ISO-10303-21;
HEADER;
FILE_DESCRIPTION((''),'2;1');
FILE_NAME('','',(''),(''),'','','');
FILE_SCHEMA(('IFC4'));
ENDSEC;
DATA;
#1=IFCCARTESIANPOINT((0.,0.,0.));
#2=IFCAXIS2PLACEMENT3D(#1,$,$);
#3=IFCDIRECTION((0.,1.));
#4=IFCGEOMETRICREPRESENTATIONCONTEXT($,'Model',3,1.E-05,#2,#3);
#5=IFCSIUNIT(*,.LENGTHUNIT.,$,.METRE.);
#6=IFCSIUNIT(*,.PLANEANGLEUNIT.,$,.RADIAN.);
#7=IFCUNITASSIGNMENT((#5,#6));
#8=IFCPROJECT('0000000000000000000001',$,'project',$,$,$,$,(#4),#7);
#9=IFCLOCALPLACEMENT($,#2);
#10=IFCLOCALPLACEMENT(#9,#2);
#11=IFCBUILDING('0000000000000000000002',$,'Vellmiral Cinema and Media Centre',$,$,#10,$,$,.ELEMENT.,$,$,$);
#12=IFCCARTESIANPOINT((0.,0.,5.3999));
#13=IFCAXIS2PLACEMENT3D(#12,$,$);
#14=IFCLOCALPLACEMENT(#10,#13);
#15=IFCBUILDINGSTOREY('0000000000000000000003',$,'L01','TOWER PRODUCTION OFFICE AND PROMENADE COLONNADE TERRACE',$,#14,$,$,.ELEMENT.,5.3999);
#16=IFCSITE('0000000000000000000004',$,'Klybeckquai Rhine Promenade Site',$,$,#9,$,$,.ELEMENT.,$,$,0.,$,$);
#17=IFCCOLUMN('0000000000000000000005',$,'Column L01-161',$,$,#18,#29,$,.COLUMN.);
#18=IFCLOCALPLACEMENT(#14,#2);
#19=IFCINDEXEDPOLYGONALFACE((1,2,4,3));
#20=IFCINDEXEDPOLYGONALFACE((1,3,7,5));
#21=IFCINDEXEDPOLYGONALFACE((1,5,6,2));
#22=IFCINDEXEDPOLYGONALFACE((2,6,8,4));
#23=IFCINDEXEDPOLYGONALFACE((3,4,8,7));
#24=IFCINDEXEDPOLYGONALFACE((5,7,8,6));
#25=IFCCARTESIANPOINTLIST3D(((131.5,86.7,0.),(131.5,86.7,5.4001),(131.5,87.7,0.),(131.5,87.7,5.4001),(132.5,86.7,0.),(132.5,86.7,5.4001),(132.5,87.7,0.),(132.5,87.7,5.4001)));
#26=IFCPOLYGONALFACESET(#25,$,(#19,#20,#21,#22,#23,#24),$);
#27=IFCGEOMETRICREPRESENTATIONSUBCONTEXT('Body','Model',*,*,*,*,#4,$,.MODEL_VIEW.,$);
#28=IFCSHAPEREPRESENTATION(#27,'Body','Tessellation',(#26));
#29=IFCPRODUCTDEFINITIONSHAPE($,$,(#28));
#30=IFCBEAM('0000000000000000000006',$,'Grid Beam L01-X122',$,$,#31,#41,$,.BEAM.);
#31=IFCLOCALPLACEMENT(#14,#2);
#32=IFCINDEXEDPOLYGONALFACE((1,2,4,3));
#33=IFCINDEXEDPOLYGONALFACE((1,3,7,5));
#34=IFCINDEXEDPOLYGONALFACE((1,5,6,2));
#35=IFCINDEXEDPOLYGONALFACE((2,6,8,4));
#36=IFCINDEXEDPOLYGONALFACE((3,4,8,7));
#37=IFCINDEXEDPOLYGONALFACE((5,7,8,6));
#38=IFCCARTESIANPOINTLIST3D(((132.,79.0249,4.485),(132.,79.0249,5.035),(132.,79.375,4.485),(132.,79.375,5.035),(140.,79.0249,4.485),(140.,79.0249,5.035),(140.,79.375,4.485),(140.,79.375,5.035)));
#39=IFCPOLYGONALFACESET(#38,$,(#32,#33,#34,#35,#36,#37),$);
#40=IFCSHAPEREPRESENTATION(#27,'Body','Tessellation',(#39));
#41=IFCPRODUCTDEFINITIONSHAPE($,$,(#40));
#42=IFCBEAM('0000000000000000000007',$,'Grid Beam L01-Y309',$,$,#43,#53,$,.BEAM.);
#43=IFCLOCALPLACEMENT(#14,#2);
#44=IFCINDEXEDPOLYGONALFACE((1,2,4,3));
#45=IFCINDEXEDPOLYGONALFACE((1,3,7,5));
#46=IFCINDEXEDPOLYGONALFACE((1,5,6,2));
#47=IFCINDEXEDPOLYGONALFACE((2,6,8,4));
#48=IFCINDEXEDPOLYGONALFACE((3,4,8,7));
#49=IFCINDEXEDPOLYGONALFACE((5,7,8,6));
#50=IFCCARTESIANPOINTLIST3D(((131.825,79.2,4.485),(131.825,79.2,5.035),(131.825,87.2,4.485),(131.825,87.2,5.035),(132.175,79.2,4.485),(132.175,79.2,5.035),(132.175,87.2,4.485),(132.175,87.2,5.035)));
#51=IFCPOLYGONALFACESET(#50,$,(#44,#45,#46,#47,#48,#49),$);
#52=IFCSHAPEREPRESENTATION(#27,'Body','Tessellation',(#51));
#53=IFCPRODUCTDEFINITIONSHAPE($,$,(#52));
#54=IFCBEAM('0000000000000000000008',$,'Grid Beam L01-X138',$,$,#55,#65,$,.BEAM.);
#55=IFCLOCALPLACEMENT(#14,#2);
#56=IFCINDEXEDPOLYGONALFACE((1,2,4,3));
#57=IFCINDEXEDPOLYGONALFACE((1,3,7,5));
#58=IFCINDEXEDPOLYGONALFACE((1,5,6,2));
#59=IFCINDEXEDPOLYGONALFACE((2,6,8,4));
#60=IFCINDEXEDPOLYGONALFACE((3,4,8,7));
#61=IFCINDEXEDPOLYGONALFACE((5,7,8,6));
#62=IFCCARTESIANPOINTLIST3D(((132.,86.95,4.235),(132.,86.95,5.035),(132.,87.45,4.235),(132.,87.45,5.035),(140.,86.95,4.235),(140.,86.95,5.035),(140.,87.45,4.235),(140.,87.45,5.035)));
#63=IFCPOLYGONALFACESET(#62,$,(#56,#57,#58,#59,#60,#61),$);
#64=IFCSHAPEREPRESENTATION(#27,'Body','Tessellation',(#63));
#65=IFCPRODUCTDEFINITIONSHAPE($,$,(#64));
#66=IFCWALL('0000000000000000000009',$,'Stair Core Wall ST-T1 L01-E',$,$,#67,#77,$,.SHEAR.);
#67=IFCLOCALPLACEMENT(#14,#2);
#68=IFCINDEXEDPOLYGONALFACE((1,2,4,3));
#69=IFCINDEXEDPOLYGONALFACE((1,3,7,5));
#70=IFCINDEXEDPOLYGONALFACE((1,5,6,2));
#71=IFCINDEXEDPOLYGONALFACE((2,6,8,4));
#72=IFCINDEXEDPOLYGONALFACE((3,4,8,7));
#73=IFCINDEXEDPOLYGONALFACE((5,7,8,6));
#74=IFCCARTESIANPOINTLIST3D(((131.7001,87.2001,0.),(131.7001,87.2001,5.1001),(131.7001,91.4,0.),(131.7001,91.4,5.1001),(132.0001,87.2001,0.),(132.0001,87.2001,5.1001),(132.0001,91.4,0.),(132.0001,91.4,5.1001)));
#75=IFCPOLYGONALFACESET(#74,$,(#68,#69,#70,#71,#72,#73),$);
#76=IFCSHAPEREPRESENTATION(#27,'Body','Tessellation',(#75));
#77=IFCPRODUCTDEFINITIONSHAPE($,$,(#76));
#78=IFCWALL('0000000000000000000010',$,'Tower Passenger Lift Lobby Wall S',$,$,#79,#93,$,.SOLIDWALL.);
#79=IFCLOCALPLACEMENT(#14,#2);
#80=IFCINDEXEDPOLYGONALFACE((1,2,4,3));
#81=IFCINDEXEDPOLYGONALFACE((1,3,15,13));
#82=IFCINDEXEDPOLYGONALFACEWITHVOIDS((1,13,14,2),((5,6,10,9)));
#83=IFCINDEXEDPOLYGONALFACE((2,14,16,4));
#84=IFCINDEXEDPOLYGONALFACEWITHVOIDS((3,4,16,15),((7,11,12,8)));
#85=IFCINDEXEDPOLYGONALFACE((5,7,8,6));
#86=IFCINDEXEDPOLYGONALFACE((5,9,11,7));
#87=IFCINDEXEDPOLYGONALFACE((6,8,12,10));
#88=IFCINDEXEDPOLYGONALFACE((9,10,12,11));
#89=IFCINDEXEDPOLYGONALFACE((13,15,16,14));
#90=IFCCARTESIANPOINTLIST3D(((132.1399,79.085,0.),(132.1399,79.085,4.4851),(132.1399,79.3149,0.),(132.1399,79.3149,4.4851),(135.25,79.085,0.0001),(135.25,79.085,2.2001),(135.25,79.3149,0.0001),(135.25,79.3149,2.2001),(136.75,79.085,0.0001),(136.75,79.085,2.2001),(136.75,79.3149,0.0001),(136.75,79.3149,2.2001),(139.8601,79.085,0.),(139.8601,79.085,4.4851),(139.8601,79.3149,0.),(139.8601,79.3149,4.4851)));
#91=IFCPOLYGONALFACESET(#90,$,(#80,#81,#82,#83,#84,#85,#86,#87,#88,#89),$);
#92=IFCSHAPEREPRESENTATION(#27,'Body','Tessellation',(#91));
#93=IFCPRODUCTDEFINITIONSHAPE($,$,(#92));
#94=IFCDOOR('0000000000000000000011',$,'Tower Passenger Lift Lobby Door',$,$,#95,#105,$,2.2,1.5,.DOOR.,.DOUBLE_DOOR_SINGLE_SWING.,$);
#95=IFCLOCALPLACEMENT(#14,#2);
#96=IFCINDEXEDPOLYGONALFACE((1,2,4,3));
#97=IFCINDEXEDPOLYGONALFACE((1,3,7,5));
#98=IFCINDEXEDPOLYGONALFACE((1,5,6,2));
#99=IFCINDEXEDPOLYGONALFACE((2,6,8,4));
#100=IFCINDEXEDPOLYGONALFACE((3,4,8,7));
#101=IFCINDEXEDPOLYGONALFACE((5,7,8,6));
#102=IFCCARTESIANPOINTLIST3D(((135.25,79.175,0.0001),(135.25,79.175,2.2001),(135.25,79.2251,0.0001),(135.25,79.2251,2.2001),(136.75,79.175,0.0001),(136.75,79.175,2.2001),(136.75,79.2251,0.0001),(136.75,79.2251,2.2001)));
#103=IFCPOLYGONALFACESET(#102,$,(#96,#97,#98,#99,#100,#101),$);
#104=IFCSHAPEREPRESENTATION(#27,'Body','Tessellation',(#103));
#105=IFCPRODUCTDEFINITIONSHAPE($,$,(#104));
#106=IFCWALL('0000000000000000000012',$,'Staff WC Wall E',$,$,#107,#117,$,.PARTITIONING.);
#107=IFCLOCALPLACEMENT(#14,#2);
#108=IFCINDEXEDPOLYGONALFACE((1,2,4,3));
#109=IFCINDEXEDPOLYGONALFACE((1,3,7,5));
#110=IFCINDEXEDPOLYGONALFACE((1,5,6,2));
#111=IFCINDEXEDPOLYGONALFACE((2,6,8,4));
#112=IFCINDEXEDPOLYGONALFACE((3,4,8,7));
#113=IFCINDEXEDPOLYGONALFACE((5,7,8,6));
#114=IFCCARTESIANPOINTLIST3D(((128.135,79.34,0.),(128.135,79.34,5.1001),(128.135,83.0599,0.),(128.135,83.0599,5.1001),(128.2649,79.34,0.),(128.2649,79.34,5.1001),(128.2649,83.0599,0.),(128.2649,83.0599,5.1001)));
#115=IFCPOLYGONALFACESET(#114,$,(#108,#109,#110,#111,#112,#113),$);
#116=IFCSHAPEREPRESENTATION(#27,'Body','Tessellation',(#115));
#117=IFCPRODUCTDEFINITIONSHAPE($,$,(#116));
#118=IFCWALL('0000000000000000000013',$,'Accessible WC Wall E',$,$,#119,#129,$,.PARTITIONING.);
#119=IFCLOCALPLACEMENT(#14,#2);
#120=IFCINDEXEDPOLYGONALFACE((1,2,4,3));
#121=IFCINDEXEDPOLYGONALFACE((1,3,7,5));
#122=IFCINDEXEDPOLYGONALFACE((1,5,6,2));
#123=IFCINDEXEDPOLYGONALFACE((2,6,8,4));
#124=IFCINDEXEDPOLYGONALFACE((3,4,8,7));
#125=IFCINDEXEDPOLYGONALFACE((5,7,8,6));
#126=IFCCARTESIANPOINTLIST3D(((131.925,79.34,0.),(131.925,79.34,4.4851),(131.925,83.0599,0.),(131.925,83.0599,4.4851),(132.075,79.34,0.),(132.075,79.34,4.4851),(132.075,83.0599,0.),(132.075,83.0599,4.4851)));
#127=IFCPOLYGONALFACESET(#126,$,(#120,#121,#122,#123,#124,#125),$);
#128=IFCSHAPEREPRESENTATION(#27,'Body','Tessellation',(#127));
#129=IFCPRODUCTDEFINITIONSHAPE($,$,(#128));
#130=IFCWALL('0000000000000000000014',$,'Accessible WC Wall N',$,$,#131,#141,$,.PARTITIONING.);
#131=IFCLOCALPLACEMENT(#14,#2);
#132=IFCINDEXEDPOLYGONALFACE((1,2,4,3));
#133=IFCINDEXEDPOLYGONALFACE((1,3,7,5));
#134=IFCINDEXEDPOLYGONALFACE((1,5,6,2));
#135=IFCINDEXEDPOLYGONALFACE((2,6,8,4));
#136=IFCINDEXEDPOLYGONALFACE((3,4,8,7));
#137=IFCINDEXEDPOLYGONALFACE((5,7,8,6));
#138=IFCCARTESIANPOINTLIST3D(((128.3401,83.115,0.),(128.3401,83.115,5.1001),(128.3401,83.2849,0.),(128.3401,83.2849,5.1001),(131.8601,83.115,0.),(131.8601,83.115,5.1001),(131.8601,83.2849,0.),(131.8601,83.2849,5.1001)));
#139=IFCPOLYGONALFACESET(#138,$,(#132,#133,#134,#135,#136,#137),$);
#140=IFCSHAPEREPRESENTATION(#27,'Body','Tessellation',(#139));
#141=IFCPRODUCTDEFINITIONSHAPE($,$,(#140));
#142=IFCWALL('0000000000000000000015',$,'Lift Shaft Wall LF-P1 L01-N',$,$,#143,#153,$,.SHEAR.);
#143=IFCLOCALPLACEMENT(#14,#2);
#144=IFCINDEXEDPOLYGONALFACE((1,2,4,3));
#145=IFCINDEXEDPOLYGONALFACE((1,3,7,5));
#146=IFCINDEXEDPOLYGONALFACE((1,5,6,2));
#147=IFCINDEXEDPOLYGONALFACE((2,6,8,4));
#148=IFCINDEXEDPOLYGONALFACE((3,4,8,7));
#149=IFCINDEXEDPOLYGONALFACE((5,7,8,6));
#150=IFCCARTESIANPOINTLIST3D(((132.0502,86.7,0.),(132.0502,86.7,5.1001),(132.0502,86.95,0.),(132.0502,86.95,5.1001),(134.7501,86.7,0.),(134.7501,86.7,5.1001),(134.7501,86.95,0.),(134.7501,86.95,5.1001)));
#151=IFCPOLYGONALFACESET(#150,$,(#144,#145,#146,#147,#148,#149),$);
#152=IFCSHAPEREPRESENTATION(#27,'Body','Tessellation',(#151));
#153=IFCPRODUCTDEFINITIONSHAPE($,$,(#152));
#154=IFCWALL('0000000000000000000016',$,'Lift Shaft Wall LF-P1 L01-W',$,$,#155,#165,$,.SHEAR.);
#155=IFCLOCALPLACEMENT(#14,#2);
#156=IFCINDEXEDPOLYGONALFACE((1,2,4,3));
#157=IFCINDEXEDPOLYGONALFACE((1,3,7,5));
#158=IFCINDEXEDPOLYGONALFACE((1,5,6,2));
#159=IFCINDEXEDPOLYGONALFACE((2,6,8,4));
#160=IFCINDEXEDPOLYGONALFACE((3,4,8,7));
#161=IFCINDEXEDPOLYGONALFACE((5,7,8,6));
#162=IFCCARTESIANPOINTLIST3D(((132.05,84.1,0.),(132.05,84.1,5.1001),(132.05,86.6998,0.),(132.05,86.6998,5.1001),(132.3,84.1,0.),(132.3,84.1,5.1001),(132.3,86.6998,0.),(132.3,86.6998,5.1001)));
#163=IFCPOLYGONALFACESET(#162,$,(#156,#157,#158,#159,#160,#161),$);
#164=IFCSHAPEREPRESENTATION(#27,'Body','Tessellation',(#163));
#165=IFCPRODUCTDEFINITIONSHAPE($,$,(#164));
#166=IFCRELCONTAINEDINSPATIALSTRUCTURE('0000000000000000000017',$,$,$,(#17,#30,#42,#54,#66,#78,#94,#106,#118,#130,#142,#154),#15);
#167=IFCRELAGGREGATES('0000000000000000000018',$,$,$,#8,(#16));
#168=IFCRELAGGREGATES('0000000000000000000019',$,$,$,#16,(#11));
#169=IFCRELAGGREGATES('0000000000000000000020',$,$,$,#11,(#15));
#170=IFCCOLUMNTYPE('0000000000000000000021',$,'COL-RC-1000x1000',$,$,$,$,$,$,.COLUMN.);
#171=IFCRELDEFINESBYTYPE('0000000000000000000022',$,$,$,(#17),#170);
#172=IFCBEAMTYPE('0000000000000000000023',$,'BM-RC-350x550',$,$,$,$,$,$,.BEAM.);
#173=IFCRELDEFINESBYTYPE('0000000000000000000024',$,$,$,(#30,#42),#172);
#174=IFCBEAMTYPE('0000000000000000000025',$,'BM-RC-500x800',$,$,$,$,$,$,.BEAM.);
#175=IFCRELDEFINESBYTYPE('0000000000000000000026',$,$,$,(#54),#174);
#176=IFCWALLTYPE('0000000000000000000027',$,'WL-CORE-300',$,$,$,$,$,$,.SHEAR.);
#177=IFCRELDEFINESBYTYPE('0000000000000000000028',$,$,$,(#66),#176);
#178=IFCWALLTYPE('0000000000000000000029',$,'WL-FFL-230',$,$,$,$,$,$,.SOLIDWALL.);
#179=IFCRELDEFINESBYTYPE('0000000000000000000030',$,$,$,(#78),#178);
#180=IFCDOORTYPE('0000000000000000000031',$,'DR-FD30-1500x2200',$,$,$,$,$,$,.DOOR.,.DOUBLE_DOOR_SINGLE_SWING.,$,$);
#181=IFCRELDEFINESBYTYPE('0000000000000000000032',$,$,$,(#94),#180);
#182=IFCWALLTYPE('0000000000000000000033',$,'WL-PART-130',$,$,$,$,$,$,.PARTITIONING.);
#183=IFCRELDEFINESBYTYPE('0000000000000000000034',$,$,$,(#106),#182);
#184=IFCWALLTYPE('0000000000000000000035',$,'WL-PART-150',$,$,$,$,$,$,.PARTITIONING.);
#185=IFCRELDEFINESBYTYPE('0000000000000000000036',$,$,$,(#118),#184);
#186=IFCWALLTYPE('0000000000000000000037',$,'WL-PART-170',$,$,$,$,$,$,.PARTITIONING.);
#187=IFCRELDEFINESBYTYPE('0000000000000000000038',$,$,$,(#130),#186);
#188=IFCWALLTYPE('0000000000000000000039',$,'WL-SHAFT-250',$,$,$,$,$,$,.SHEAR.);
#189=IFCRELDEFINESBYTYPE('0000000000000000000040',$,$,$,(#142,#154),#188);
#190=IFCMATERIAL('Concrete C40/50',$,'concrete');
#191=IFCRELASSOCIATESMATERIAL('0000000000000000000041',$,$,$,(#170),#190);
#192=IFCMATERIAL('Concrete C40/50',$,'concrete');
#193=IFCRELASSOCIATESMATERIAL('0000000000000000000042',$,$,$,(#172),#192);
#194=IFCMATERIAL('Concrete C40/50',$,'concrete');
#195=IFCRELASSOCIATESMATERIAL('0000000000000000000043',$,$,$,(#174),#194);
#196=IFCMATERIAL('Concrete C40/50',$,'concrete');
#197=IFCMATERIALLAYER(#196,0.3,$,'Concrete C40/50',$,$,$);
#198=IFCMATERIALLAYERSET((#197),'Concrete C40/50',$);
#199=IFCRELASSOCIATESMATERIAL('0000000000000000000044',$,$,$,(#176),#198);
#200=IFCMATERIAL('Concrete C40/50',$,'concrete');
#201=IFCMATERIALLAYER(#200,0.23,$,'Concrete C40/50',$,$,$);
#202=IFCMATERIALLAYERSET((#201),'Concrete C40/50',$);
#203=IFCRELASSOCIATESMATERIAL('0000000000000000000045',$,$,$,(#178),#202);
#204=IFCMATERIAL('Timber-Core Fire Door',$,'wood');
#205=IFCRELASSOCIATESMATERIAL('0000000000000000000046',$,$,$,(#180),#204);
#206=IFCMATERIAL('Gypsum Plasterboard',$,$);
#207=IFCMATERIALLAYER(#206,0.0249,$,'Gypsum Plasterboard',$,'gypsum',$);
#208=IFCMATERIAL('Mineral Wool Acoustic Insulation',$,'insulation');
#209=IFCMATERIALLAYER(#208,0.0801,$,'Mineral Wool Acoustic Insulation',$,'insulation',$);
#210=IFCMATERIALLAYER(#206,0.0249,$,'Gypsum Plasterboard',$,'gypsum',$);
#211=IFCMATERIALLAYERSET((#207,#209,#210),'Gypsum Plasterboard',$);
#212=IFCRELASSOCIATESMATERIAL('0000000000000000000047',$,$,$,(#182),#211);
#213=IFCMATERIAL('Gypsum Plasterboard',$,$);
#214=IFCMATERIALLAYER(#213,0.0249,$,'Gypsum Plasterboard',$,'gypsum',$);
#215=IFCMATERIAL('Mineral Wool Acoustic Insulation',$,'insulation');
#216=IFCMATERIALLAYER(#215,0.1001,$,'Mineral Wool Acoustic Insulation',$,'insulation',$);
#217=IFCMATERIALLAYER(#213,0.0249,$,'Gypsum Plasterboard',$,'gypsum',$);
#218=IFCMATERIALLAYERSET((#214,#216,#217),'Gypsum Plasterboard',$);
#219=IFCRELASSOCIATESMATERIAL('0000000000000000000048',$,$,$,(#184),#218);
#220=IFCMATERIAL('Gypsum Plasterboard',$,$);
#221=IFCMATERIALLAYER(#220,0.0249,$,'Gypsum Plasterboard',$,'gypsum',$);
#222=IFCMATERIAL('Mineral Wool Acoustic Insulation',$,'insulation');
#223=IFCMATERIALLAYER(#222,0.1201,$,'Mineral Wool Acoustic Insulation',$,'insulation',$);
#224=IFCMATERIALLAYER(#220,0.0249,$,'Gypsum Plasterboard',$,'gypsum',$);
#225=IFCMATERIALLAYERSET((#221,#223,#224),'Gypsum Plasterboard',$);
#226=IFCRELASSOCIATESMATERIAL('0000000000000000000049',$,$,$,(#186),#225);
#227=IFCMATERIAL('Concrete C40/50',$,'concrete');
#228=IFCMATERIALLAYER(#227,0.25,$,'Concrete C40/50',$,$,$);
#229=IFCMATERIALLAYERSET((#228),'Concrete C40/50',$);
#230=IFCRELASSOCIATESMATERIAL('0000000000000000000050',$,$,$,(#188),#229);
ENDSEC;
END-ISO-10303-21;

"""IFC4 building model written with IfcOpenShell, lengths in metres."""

from ifc_helpers import new_model, si_unit, direction, frame, frame_2d, origin, origin_2d, place, context, subcontext, project, spatial, rectangle, extrude, material, layer, layer_set, material_profile, profile_set, type_object, element, fill, save


model = new_model("IFC4")

# Units and contexts
model_context = context("Model", 3, precision=1e-05, world=origin(), true_north=direction((0.0, 1.0)))
body_context = subcontext(model_context, "Body", "Model", "MODEL_VIEW")
ifc_project = project(units=[si_unit("LENGTHUNIT", "METRE"), si_unit("PLANEANGLEUNIT", "RADIAN")], contexts=[model_context])

# Site, building, storey
site_placement = place(None, origin())
site = spatial("IfcSite", under=ifc_project, at=site_placement, Name="Klybeckquai Rhine Promenade Site", CompositionType="ELEMENT", RefElevation=0.0)
building_placement = place(site_placement, origin())
building = spatial("IfcBuilding", under=site, at=building_placement, Name="Vellmiral Cinema and Media Centre", CompositionType="ELEMENT")
storey_placement = place(building_placement, frame((0.0, 0.0, 5.3999)))
storey = spatial("IfcBuildingStorey", under=building, at=storey_placement, Name="L01", Description="TOWER PRODUCTION OFFICE AND PROMENADE COLONNADE TERRACE", CompositionType="ELEMENT", Elevation=5.3999)

# Column
ifc_material_1 = material(Name="Concrete C40/50", Category="concrete")
ifc_material_profile_1 = material_profile(ifc_material_1, rectangle(XDim=1.0, YDim=1.0, at=origin_2d()), Name="RC 1000x1000")
ifc_profile_set_1 = profile_set([ifc_material_profile_1], Name="Concrete C40/50")
column_type = type_object("IfcColumnType", Name="COL-RC-1000x1000", PredefinedType="COLUMN", material=ifc_profile_set_1)
column_placement = place(storey_placement, frame((132.0, 87.2, 0.0), z_axis=(0.0, 0.0, 1.0), x_axis=(1.0, 0.0, 0.0)))
element("IfcColumn", 1, at=column_placement, inside=storey, type_object=column_type, Name="Column L01-161", PredefinedType="COLUMN", context=body_context, shape_type="SweptSolid", body=[
    extrude(rectangle(XDim=1.0, YDim=1.0, at=origin_2d()), origin(), (0.0, 0.0, 1.0), 5.4001),
])

# Beams
ifc_material_2 = material(Name="Concrete C40/50", Category="concrete")
ifc_material_profile_2 = material_profile(ifc_material_2, rectangle(XDim=0.3501, YDim=0.55, at=origin_2d()), Name="RC 350x550")
ifc_profile_set_2 = profile_set([ifc_material_profile_2], Name="Concrete C40/50")
beam_type_1 = type_object("IfcBeamType", Name="BM-RC-350x550", PredefinedType="BEAM", material=ifc_profile_set_2)
for number, where, z_axis, x_axis, name in (
    (2, (132.0, 79.2, 4.76), (1.0, 0.0, 0.0), (0.0, 1.0, 0.0), "Grid Beam L01-X122"),
    (3, (132.0, 79.2, 4.76), (0.0, 1.0, 0.0), (-1.0, 0.0, 0.0), "Grid Beam L01-Y309"),
):
    element("IfcBeam", number, at=place(storey_placement, frame(where, z_axis=z_axis, x_axis=x_axis)), inside=storey, type_object=beam_type_1, Name=name, PredefinedType="BEAM", context=body_context, shape_type="SweptSolid", body=[
        extrude(rectangle(XDim=0.3501, YDim=0.55, at=origin_2d()), origin(), (0.0, 0.0, 1.0), 8.0),
    ])
ifc_material_3 = material(Name="Concrete C40/50", Category="concrete")
ifc_material_profile_3 = material_profile(ifc_material_3, rectangle(XDim=0.5, YDim=0.8, at=origin_2d()), Name="RC 500x800")
ifc_profile_set_3 = profile_set([ifc_material_profile_3], Name="Concrete C40/50")
beam_type_2 = type_object("IfcBeamType", Name="BM-RC-500x800", PredefinedType="BEAM", material=ifc_profile_set_3)
beam_placement = place(storey_placement, frame((132.0, 87.2, 4.635), z_axis=(1.0, 0.0, 0.0), x_axis=(0.0, 1.0, 0.0)))
element("IfcBeam", 4, at=beam_placement, inside=storey, type_object=beam_type_2, Name="Grid Beam L01-X138", PredefinedType="BEAM", context=body_context, shape_type="SweptSolid", body=[
    extrude(rectangle(XDim=0.5, YDim=0.8, at=origin_2d()), origin(), (0.0, 0.0, 1.0), 8.0),
])

# Wall
ifc_material_4 = material(Name="Concrete C40/50", Category="concrete")
ifc_layer_1 = layer(ifc_material_4, 0.3, Name="Concrete C40/50")
ifc_layer_set_1 = layer_set([ifc_layer_1], Name="Concrete C40/50")
wall_type_1 = type_object("IfcWallType", Name="WL-CORE-300", PredefinedType="SHEAR", material=ifc_layer_set_1)
wall_1_placement = place(storey_placement, frame((131.8501, 87.2, 0.0), z_axis=(0.0, 0.0, 1.0), x_axis=(0.0, 1.0, 0.0)))
element("IfcWall", 5, at=wall_1_placement, inside=storey, type_object=wall_type_1, Name="Stair Core Wall ST-T1 L01-E", PredefinedType="SHEAR", context=body_context, shape_type="SweptSolid", body=[
    extrude(rectangle(XDim=4.2, YDim=0.3, at=frame_2d((2.1001, 0.0))), origin(), (0.0, 0.0, 1.0), 5.1001),
])

# Wall, opening, door
ifc_material_5 = material(Name="Concrete C40/50", Category="concrete")
ifc_layer_2 = layer(ifc_material_5, 0.23, Name="Concrete C40/50")
ifc_layer_set_2 = layer_set([ifc_layer_2], Name="Concrete C40/50")
wall_type_2 = type_object("IfcWallType", Name="WL-FFL-230", PredefinedType="SOLIDWALL", material=ifc_layer_set_2)
wall_2_placement = place(storey_placement, frame((132.1399, 79.2, 0.0), z_axis=(0.0, 0.0, 1.0), x_axis=(1.0, 0.0, 0.0)))
wall_2 = element("IfcWall", 6, at=wall_2_placement, inside=storey, type_object=wall_type_2, Name="Tower Passenger Lift Lobby Wall S", PredefinedType="SOLIDWALL", context=body_context, shape_type="SweptSolid", body=[
    extrude(rectangle(XDim=7.7202, YDim=0.23, at=frame_2d((3.8601, 0.0))), origin(), (0.0, 0.0, 1.0), 4.4851),
])
opening_1_placement = place(wall_2_placement, frame((3.1101, 0.0, 0.0)))
opening_1 = element("IfcOpeningElement", 7, at=opening_1_placement, cuts=wall_2, PredefinedType="OPENING", context=body_context, shape_type="SweptSolid", body=[
    extrude(rectangle(XDim=1.5, YDim=2.2, at=frame_2d((0.75, 1.1001))), frame((0.0, 0.127, 0.0), z_axis=(0.0, -1.0, 0.0), x_axis=(1.0, 0.0, 0.0)), (0.0, 0.0, 1.0), 0.2539),
])
ifc_material_6 = material(Name="Timber-Core Fire Door", Category="wood")
door_type_1 = type_object("IfcDoorType", Name="DR-FD30-1500x2200", OperationType="DOUBLE_DOOR_SINGLE_SWING", PredefinedType="DOOR", material=ifc_material_6)
door_1_placement = place(opening_1_placement, frame((1.5, 0.0, 0.0), z_axis=(0.0, 0.0, 1.0), x_axis=(-1.0, 0.0, 0.0)))
door_1 = element("IfcDoor", 8, at=door_1_placement, inside=storey, type_object=door_type_1, Name="Tower Passenger Lift Lobby Door", OperationType="DOUBLE_DOOR_SINGLE_SWING", OverallHeight=2.2, OverallWidth=1.5, PredefinedType="DOOR", context=body_context, shape_type="SweptSolid", body=[
    extrude(rectangle(XDim=1.5, YDim=2.2, at=frame_2d((0.75, 1.1001))), frame((0.0, 0.0249, 0.0), z_axis=(0.0, -1.0, 0.0), x_axis=(1.0, 0.0, 0.0)), (0.0, 0.0, 1.0), 0.05),
])
fill(opening_1, door_1)

# Walls
ifc_material_7 = material(Name="Gypsum Plasterboard")
ifc_layer_3 = layer(ifc_material_7, 0.0249, Name="Gypsum Plasterboard", Category="gypsum")
ifc_material_8 = material(Name="Mineral Wool Acoustic Insulation", Category="insulation")
ifc_layer_4 = layer(ifc_material_8, 0.0801, Name="Mineral Wool Acoustic Insulation", Category="insulation")
ifc_layer_5 = layer(ifc_material_7, 0.0249, Name="Gypsum Plasterboard", Category="gypsum")
ifc_layer_set_3 = layer_set([ifc_layer_3, ifc_layer_4, ifc_layer_5], Name="Gypsum Plasterboard")
wall_type_3 = type_object("IfcWallType", Name="WL-PART-130", PredefinedType="PARTITIONING", material=ifc_layer_set_3)
wall_3_placement = place(storey_placement, frame((128.2, 79.3401, 0.0), z_axis=(0.0, 0.0, 1.0), x_axis=(0.0, 1.0, 0.0)))
element("IfcWall", 9, at=wall_3_placement, inside=storey, type_object=wall_type_3, Name="Staff WC Wall E", PredefinedType="PARTITIONING", context=body_context, shape_type="SweptSolid", body=[
    extrude(rectangle(XDim=3.72, YDim=0.1299, at=frame_2d((1.8599, 0.0))), origin(), (0.0, 0.0, 1.0), 5.1001),
])
ifc_material_9 = material(Name="Gypsum Plasterboard")
ifc_layer_6 = layer(ifc_material_9, 0.0249, Name="Gypsum Plasterboard", Category="gypsum")
ifc_material_10 = material(Name="Mineral Wool Acoustic Insulation", Category="insulation")
ifc_layer_7 = layer(ifc_material_10, 0.1001, Name="Mineral Wool Acoustic Insulation", Category="insulation")
ifc_layer_8 = layer(ifc_material_9, 0.0249, Name="Gypsum Plasterboard", Category="gypsum")
ifc_layer_set_4 = layer_set([ifc_layer_6, ifc_layer_7, ifc_layer_8], Name="Gypsum Plasterboard")
wall_type_4 = type_object("IfcWallType", Name="WL-PART-150", PredefinedType="PARTITIONING", material=ifc_layer_set_4)
wall_4_placement = place(storey_placement, frame((132.0, 79.3401, 0.0), z_axis=(0.0, 0.0, 1.0), x_axis=(0.0, 1.0, 0.0)))
element("IfcWall", 10, at=wall_4_placement, inside=storey, type_object=wall_type_4, Name="Accessible WC Wall E", PredefinedType="PARTITIONING", context=body_context, shape_type="SweptSolid", body=[
    extrude(rectangle(XDim=3.72, YDim=0.1499, at=frame_2d((1.8599, 0.0))), origin(), (0.0, 0.0, 1.0), 4.4851),
])
ifc_material_11 = material(Name="Gypsum Plasterboard")
ifc_layer_9 = layer(ifc_material_11, 0.0249, Name="Gypsum Plasterboard", Category="gypsum")
ifc_material_12 = material(Name="Mineral Wool Acoustic Insulation", Category="insulation")
ifc_layer_10 = layer(ifc_material_12, 0.1201, Name="Mineral Wool Acoustic Insulation", Category="insulation")
ifc_layer_11 = layer(ifc_material_11, 0.0249, Name="Gypsum Plasterboard", Category="gypsum")
ifc_layer_set_5 = layer_set([ifc_layer_9, ifc_layer_10, ifc_layer_11], Name="Gypsum Plasterboard")
wall_type_5 = type_object("IfcWallType", Name="WL-PART-170", PredefinedType="PARTITIONING", material=ifc_layer_set_5)
wall_5_placement = place(storey_placement, frame((128.3401, 83.2, 0.0), z_axis=(0.0, 0.0, 1.0), x_axis=(1.0, 0.0, 0.0)))
element("IfcWall", 11, at=wall_5_placement, inside=storey, type_object=wall_type_5, Name="Accessible WC Wall N", PredefinedType="PARTITIONING", context=body_context, shape_type="SweptSolid", body=[
    extrude(rectangle(XDim=3.52, YDim=0.1699, at=frame_2d((1.76, 0.0))), origin(), (0.0, 0.0, 1.0), 5.1001),
])

# Shared definitions
ifc_material_13 = material(Name="Concrete C40/50", Category="concrete")
ifc_layer_12 = layer(ifc_material_13, 0.25, Name="Concrete C40/50")
ifc_layer_set_6 = layer_set([ifc_layer_12], Name="Concrete C40/50")
wall_type_6 = type_object("IfcWallType", Name="WL-SHAFT-250", PredefinedType="SHEAR", material=ifc_layer_set_6)

# Walls
wall_6_placement = place(storey_placement, frame((132.05, 86.825, 0.0), z_axis=(0.0, 0.0, 1.0), x_axis=(1.0, 0.0, 0.0)))
element("IfcWall", 12, at=wall_6_placement, inside=storey, type_object=wall_type_6, Name="Lift Shaft Wall LF-P1 L01-N", PredefinedType="SHEAR", context=body_context, shape_type="SweptSolid", body=[
    extrude(rectangle(XDim=2.7, YDim=0.25, at=frame_2d((1.3501, 0.0))), origin(), (0.0, 0.0, 1.0), 5.1001),
])
for number, where, z_axis, x_axis, name in (
    (13, (132.175, 84.1001, 0.0), (0.0, 0.0, 1.0), (0.0, 1.0, 0.0), "Lift Shaft Wall LF-P1 L01-W"),
):
    element("IfcWall", number, at=place(storey_placement, frame(where, z_axis=z_axis, x_axis=x_axis)), inside=storey, type_object=wall_type_6, Name=name, PredefinedType="SHEAR", context=body_context, shape_type="SweptSolid", body=[
        extrude(rectangle(XDim=2.5999, YDim=0.25, at=frame_2d((1.2998, 0.0))), origin(), (0.0, 0.0, 1.0), 5.1001),
    ])

save(model, "model.ifc")
